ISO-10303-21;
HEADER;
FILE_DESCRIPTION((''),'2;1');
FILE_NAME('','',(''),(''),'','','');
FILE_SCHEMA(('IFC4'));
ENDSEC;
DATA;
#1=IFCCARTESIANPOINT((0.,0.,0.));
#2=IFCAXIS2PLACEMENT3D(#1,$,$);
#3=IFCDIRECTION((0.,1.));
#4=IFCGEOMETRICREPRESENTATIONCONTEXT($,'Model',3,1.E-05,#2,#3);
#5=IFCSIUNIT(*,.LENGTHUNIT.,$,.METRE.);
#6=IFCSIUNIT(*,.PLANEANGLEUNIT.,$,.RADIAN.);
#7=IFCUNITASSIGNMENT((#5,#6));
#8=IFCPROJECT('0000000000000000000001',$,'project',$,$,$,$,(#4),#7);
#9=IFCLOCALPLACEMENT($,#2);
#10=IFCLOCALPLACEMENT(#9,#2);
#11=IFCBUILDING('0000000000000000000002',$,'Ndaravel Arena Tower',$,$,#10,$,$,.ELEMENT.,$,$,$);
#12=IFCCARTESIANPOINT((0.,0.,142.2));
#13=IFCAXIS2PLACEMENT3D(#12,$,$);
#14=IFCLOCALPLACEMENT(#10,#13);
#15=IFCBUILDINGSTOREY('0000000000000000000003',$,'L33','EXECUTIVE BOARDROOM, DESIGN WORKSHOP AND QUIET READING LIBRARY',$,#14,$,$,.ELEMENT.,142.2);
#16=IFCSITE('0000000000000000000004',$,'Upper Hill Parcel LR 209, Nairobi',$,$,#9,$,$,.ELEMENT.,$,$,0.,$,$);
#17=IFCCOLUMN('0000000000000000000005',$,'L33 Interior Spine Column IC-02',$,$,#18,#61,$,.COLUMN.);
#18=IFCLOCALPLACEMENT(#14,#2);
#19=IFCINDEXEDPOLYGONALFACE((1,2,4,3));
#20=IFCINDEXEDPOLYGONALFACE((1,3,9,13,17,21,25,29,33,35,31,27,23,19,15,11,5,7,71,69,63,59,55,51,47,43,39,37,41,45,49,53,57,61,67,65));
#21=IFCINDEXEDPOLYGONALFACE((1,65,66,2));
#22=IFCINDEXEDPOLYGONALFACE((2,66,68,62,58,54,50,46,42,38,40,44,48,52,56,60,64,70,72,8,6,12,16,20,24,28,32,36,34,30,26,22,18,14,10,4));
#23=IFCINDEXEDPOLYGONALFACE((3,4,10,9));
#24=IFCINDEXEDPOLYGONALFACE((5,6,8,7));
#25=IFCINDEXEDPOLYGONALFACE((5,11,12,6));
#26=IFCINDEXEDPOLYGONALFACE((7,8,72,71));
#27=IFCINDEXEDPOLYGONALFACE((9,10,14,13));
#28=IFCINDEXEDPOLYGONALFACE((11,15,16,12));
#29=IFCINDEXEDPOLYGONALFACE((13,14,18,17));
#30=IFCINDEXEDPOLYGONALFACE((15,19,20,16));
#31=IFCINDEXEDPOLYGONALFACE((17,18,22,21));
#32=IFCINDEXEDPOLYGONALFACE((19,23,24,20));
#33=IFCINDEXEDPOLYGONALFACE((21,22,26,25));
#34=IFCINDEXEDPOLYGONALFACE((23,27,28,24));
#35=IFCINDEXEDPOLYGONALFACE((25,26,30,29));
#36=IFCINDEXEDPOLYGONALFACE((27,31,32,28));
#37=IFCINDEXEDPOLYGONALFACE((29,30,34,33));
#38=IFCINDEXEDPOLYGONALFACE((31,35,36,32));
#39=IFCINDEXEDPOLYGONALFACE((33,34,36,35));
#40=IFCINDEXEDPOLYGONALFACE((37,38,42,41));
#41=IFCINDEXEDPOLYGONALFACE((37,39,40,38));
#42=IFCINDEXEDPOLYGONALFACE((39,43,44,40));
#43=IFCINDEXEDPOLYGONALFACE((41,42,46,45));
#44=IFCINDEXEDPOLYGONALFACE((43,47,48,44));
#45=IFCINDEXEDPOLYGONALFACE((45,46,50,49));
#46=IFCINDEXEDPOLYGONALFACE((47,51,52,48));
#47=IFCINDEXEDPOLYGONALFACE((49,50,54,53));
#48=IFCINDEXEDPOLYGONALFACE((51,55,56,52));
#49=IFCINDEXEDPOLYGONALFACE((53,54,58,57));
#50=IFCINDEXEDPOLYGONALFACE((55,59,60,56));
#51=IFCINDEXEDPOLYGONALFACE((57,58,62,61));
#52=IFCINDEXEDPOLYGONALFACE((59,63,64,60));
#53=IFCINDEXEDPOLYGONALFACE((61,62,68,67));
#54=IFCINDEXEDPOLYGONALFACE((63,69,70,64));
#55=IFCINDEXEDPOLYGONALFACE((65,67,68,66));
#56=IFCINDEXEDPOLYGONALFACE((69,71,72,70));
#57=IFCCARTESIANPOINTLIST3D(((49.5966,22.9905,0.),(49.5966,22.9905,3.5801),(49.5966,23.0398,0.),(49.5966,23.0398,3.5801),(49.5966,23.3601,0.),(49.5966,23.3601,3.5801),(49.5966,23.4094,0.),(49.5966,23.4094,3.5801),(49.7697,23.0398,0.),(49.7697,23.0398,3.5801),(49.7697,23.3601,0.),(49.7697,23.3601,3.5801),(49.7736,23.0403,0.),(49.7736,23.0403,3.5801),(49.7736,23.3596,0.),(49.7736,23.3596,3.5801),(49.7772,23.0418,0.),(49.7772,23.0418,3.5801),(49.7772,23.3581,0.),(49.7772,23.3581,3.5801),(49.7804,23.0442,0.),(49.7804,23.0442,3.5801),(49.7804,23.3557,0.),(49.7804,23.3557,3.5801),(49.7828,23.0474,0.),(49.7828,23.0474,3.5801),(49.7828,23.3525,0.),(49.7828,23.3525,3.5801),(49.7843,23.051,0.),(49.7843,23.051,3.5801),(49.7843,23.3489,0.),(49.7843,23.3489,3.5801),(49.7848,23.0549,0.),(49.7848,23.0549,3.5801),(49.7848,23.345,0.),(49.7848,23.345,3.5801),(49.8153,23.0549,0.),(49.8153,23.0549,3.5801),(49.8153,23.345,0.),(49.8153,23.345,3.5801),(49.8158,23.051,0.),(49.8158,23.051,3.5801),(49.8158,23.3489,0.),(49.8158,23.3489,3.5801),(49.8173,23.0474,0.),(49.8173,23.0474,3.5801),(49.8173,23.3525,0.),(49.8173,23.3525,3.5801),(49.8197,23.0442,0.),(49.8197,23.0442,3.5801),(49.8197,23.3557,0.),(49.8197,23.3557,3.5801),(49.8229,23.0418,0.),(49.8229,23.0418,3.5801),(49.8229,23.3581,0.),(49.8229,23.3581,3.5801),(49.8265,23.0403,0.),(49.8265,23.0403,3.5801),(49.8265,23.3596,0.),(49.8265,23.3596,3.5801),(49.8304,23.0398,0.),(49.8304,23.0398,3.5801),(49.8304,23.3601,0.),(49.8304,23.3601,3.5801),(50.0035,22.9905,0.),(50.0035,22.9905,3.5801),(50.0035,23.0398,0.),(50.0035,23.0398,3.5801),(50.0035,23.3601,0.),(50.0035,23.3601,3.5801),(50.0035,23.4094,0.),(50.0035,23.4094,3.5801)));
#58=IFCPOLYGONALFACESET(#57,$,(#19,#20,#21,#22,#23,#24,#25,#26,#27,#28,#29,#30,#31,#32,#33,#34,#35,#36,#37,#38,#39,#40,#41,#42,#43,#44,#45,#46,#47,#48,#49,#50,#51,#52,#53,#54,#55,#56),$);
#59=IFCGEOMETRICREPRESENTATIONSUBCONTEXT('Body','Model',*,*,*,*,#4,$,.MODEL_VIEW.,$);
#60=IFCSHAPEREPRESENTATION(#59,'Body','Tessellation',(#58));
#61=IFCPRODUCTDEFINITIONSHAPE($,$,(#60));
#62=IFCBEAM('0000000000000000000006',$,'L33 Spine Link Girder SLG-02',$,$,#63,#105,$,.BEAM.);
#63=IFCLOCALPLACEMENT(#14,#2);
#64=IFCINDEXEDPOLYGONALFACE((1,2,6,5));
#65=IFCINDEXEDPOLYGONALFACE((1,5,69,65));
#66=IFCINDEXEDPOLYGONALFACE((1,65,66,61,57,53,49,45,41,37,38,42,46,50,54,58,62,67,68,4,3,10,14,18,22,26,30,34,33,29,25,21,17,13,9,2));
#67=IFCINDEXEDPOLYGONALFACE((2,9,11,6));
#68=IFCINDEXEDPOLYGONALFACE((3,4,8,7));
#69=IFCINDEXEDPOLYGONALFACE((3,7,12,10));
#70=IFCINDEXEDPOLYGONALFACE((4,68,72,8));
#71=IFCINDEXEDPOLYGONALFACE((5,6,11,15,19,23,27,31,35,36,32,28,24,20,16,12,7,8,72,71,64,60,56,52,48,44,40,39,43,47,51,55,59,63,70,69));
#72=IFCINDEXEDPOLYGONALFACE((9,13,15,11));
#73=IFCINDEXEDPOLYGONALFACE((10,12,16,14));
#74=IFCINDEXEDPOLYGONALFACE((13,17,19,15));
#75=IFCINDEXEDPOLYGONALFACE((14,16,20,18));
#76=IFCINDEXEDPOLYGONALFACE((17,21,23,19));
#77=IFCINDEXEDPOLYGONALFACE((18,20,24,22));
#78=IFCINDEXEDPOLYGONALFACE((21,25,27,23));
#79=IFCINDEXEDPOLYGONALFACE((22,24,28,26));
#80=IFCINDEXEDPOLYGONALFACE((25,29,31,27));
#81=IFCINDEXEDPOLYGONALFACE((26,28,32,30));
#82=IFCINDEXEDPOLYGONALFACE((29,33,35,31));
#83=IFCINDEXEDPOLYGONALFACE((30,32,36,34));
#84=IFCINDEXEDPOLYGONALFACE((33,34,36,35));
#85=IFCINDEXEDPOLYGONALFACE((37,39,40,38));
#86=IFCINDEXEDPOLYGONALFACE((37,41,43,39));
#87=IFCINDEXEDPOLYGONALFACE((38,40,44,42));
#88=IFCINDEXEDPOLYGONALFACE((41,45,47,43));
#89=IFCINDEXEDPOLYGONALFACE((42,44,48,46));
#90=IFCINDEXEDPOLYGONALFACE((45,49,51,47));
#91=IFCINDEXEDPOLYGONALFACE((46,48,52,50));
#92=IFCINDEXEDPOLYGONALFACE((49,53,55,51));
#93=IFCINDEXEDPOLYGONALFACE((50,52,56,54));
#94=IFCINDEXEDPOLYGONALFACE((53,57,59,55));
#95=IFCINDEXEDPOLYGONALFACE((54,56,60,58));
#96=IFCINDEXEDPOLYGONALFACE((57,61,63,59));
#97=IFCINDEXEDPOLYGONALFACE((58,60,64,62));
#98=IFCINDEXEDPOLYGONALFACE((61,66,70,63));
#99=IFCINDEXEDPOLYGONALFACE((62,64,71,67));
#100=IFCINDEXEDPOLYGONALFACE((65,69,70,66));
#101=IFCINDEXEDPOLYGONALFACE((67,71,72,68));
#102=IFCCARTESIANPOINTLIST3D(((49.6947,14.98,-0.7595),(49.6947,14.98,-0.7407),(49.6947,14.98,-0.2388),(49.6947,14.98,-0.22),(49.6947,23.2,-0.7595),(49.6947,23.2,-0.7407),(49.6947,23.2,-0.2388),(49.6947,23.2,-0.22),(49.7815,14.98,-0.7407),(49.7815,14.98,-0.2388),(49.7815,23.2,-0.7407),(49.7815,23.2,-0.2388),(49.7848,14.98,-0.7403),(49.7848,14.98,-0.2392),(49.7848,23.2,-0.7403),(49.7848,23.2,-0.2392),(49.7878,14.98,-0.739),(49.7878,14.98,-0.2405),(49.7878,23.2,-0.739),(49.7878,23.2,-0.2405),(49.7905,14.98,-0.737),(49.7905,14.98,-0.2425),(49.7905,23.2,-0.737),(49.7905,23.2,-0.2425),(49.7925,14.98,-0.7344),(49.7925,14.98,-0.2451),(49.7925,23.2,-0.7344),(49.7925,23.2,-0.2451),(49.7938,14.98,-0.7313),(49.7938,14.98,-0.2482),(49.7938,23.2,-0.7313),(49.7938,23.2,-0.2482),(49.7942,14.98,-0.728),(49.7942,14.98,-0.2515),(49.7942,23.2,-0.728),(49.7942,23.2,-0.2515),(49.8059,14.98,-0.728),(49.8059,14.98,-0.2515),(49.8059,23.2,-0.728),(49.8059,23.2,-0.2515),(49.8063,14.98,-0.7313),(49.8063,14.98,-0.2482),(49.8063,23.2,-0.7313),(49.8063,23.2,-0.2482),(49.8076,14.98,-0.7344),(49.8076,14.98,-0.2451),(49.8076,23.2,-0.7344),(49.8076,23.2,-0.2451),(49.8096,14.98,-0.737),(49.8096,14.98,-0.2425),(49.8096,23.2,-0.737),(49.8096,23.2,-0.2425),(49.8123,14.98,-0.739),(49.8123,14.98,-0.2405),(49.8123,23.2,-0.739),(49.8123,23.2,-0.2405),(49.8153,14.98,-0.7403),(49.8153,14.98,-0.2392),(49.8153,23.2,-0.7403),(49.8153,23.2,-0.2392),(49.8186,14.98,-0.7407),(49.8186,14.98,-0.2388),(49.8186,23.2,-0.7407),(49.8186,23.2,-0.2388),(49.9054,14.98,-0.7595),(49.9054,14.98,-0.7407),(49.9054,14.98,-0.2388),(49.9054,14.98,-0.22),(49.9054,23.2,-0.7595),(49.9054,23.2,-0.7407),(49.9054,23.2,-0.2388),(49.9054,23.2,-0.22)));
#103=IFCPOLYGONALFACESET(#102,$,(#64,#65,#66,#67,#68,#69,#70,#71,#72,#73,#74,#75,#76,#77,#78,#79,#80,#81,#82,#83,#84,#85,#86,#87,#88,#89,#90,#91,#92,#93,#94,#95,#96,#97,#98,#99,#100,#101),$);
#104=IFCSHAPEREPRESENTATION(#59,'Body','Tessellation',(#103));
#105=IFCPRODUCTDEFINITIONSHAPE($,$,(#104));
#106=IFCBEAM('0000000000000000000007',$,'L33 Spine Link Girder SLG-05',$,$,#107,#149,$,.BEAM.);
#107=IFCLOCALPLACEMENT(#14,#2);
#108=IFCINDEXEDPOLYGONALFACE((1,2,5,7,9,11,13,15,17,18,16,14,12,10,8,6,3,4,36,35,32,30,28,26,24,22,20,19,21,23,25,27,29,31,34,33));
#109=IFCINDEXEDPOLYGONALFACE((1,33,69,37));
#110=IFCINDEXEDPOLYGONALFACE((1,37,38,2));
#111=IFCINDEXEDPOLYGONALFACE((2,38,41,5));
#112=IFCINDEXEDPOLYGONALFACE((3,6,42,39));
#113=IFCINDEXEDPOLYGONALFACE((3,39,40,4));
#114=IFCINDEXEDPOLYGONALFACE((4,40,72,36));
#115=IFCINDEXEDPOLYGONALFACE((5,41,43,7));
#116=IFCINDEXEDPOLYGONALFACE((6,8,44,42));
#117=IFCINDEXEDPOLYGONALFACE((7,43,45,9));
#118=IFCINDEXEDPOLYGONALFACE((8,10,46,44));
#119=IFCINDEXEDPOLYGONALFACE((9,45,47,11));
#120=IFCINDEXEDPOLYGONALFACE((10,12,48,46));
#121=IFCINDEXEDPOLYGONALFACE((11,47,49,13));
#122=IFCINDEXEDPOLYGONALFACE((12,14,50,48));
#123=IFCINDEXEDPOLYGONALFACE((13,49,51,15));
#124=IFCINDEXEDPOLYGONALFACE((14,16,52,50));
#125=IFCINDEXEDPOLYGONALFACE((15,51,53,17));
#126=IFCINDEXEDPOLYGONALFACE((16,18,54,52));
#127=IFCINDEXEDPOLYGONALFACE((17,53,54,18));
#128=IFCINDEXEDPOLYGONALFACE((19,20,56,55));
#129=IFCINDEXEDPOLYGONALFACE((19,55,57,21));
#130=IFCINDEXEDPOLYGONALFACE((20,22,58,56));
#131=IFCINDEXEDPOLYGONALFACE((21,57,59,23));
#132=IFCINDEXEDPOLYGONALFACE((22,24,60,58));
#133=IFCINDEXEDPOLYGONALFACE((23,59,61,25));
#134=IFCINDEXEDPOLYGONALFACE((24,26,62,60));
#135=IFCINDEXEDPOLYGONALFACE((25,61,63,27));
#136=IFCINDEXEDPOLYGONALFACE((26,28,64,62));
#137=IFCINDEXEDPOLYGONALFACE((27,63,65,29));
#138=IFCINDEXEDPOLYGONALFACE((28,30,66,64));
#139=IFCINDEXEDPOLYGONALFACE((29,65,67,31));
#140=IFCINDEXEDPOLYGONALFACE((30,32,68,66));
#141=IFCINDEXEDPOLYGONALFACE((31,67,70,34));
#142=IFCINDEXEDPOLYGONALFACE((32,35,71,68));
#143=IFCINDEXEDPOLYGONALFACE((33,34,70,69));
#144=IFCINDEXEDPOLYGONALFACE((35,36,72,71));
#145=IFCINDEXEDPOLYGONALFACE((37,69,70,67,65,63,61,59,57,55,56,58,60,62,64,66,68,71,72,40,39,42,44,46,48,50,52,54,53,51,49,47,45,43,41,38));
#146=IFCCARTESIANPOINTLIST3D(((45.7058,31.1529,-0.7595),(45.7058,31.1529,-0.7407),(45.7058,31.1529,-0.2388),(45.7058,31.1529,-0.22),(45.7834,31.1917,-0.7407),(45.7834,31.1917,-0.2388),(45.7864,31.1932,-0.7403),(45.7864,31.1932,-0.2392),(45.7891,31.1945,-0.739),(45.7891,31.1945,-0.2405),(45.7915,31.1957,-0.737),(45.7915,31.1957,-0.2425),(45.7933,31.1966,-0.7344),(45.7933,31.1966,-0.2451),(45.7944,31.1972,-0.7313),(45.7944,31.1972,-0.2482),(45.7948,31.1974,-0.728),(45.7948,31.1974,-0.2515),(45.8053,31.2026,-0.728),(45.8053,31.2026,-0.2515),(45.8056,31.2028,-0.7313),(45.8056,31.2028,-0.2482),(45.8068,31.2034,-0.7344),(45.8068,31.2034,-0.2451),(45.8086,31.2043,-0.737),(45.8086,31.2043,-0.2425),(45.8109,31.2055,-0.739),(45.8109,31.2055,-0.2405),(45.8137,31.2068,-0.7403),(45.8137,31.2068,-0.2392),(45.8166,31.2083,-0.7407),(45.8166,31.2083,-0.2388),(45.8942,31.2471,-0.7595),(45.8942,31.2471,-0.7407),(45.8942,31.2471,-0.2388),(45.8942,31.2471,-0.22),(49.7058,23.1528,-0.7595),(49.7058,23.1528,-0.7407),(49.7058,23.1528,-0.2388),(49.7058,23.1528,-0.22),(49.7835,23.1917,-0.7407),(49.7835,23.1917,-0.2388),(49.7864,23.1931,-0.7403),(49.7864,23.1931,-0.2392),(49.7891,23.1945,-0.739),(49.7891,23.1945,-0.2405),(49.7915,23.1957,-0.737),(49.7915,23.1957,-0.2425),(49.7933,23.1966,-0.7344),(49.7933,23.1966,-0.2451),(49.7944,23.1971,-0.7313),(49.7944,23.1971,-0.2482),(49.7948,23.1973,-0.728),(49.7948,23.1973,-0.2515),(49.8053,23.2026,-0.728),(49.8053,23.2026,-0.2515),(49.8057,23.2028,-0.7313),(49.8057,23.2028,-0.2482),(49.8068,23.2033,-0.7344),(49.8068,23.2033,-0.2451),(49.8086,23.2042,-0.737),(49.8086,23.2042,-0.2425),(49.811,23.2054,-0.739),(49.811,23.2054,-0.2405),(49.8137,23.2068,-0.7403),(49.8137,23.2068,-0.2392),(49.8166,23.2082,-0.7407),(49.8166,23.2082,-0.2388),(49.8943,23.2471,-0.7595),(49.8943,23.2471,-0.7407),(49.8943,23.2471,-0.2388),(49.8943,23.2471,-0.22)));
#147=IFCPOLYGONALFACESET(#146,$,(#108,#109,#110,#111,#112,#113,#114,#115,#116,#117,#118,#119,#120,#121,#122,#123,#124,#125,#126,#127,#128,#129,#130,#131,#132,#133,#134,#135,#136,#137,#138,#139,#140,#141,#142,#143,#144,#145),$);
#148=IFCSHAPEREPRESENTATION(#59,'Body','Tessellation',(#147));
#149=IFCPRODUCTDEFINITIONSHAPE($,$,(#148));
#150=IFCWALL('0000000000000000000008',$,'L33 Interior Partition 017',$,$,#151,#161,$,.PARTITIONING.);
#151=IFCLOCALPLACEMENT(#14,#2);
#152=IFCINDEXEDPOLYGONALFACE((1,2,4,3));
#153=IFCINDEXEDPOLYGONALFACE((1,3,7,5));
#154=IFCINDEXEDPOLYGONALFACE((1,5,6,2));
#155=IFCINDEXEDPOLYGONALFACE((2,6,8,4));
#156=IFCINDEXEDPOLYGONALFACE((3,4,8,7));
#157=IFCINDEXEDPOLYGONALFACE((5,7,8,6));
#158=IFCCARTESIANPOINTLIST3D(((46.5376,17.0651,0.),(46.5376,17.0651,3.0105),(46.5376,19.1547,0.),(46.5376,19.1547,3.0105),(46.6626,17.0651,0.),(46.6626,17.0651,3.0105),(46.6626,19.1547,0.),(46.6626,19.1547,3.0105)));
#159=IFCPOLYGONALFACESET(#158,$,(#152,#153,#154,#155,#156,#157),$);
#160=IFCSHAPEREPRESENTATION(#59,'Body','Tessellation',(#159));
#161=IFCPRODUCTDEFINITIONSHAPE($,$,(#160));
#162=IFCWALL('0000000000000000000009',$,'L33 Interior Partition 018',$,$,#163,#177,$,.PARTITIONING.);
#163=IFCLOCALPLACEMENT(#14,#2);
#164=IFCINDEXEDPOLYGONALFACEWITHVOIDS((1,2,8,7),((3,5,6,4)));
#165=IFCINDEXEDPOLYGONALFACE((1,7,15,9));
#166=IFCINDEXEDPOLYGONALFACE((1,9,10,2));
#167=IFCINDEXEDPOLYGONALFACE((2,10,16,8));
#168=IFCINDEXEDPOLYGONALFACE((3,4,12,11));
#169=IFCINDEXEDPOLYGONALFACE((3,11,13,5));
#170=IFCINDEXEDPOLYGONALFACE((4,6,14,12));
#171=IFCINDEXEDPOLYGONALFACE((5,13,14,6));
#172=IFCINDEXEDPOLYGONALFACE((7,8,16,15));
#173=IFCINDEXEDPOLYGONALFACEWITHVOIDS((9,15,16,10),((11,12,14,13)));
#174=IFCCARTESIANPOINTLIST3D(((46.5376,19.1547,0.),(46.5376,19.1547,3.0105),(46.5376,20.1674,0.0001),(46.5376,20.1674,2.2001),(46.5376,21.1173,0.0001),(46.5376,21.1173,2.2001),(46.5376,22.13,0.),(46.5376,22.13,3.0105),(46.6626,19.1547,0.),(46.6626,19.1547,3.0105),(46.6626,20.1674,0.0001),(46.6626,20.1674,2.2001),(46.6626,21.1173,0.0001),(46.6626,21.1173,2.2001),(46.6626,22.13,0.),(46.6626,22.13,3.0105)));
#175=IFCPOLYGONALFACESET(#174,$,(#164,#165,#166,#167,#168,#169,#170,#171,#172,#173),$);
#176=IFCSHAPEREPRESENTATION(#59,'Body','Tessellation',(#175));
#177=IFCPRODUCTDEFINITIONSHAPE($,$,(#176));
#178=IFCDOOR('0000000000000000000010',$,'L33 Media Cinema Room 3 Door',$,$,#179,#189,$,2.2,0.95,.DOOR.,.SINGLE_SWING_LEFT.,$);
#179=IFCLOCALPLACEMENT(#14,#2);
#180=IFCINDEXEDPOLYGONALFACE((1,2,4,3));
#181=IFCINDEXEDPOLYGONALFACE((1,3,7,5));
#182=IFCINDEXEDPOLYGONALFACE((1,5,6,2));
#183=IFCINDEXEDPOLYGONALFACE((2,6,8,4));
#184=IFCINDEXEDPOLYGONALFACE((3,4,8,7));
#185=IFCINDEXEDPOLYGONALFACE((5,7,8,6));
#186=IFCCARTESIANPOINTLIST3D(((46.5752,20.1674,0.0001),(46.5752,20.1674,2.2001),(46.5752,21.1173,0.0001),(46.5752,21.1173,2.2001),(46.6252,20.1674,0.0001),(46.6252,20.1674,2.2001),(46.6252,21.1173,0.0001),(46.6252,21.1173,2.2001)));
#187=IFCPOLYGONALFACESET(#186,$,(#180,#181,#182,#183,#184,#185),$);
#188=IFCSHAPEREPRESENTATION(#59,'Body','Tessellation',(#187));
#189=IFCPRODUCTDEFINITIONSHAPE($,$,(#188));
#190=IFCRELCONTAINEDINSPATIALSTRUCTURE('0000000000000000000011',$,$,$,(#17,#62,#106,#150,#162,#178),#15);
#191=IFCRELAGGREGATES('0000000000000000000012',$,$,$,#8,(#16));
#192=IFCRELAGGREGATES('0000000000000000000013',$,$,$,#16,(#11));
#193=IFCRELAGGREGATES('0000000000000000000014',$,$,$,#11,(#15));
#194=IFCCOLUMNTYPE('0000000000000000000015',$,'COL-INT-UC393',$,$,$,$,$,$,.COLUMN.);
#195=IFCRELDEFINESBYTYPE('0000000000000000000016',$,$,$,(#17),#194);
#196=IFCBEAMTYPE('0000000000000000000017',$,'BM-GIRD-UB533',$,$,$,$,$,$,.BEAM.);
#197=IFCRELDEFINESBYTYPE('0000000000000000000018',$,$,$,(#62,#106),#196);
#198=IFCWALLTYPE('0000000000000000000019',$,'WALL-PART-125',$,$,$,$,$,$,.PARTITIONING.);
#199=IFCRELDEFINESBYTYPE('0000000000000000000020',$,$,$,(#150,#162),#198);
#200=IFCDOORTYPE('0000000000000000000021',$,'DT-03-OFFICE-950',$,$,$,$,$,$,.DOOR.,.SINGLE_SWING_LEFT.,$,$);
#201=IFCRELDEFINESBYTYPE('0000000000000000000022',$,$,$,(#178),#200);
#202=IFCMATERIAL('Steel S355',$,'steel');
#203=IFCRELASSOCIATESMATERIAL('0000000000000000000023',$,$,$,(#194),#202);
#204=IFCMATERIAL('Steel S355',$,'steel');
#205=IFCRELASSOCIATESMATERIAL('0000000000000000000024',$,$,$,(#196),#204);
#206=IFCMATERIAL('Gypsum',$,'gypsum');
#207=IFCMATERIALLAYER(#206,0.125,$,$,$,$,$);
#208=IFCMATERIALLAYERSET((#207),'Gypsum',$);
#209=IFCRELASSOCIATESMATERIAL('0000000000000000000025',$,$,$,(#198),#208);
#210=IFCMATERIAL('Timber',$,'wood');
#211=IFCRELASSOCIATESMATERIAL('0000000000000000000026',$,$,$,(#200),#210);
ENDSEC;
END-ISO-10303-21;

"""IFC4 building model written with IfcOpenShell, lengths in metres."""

from ifc_helpers import new_model, si_unit, direction, frame, frame_2d, origin, origin_2d, place, context, subcontext, project, spatial, rectangle, i_section, extrude, material, layer, layer_set, material_profile, profile_set, type_object, element, fill, save


model = new_model("IFC4")

# Units and contexts
model_context = context("Model", 3, precision=1e-05, world=origin(), true_north=direction((0.0, 1.0)))
body_context = subcontext(model_context, "Body", "Model", "MODEL_VIEW")
ifc_project = project(units=[si_unit("LENGTHUNIT", "METRE"), si_unit("PLANEANGLEUNIT", "RADIAN")], contexts=[model_context])

# Site, building, storey
site_placement = place(None, origin())
site = spatial("IfcSite", under=ifc_project, at=site_placement, Name="Upper Hill Parcel LR 209, Nairobi", CompositionType="ELEMENT", RefElevation=0.0)
building_placement = place(site_placement, origin())
building = spatial("IfcBuilding", under=site, at=building_placement, Name="Ndaravel Arena Tower", CompositionType="ELEMENT")
storey_placement = place(building_placement, frame((0.0, 0.0, 142.2)))
storey = spatial("IfcBuildingStorey", under=building, at=storey_placement, Name="L33", Description="EXECUTIVE BOARDROOM, DESIGN WORKSHOP AND QUIET READING LIBRARY", CompositionType="ELEMENT", Elevation=142.2)

# Column
ifc_material_1 = material(Name="Steel S355", Category="steel")
ifc_material_profile_1 = material_profile(ifc_material_1, i_section(OverallWidth=0.407, OverallDepth=0.4189, WebThickness=0.0305, FlangeThickness=0.0493, FilletRadius=0.0151, at=origin_2d()), Name="UC 356x406x393")
ifc_profile_set_1 = profile_set([ifc_material_profile_1], Name="Steel S355")
column_type = type_object("IfcColumnType", Name="COL-INT-UC393", PredefinedType="COLUMN", material=ifc_profile_set_1)
column_placement = place(storey_placement, frame((49.8, 23.2, 0.0), z_axis=(0.0, 0.0, 1.0), x_axis=(1.0, 0.0, 0.0)))
element("IfcColumn", 1, at=column_placement, inside=storey, type_object=column_type, Name="L33 Interior Spine Column IC-02", PredefinedType="COLUMN", context=body_context, shape_type="SweptSolid", body=[
    extrude(i_section(OverallWidth=0.407, OverallDepth=0.4189, WebThickness=0.0305, FlangeThickness=0.0493, FilletRadius=0.0151, at=origin_2d()), origin(), (0.0, 0.0, 1.0), 3.5801),
])

# Beams
ifc_material_2 = material(Name="Steel S355", Category="steel")
ifc_material_profile_2 = material_profile(ifc_material_2, i_section(OverallWidth=0.2107, OverallDepth=0.5396, WebThickness=0.0117, FlangeThickness=0.0188, FilletRadius=0.0127, at=origin_2d()), Name="UB 533x210x109")
ifc_profile_set_2 = profile_set([ifc_material_profile_2], Name="Steel S355")
beam_type = type_object("IfcBeamType", Name="BM-GIRD-UB533", PredefinedType="BEAM", material=ifc_profile_set_2)
beam_1_placement = place(storey_placement, frame((49.8, 14.98, -0.4897), z_axis=(0.0, 1.0, 0.0), x_axis=(-1.0, 0.0, 0.0)))
element("IfcBeam", 2, at=beam_1_placement, inside=storey, type_object=beam_type, Name="L33 Spine Link Girder SLG-02", PredefinedType="BEAM", context=body_context, shape_type="SweptSolid", body=[
    extrude(i_section(OverallWidth=0.2107, OverallDepth=0.5396, WebThickness=0.0117, FlangeThickness=0.0188, FilletRadius=0.0127, at=origin_2d()), origin(), (0.0, 0.0, 1.0), 8.22),
])
beam_2_placement = place(storey_placement, frame((49.8, 23.2, -0.4897), z_axis=(-0.447214, 0.894427, 0.0), x_axis=(-0.894427, -0.447214, 0.0)))
element("IfcBeam", 3, at=beam_2_placement, inside=storey, type_object=beam_type, Name="L33 Spine Link Girder SLG-05", PredefinedType="BEAM", context=body_context, shape_type="SweptSolid", body=[
    extrude(i_section(OverallWidth=0.2107, OverallDepth=0.5396, WebThickness=0.0117, FlangeThickness=0.0188, FilletRadius=0.0127, at=origin_2d()), origin(), (0.0, 0.0, 1.0), 8.9443),
])

# Wall
ifc_material_3 = material(Name="Gypsum", Category="gypsum")
ifc_layer_1 = layer(ifc_material_3, 0.125)
ifc_layer_set_1 = layer_set([ifc_layer_1], Name="Gypsum")
wall_type_1 = type_object("IfcWallType", Name="WALL-PART-125", PredefinedType="PARTITIONING", material=ifc_layer_set_1)
wall_1_placement = place(storey_placement, frame((46.6001, 17.0649, 0.0), z_axis=(0.0, 0.0, 1.0), x_axis=(0.0, 1.0, 0.0)))
element("IfcWall", 4, at=wall_1_placement, inside=storey, type_object=wall_type_1, Name="L33 Interior Partition 017", PredefinedType="PARTITIONING", context=body_context, shape_type="SweptSolid", body=[
    extrude(rectangle(XDim=2.0896, YDim=0.125, at=frame_2d((1.0449, 0.0))), origin(), (0.0, 0.0, 1.0), 3.0105),
])

# Wall, opening, door
wall_2_placement = place(storey_placement, frame((46.6001, 19.1545, 0.0), z_axis=(0.0, 0.0, 1.0), x_axis=(0.0, 1.0, 0.0)))
wall_2 = element("IfcWall", 5, at=wall_2_placement, inside=storey, type_object=wall_type_1, Name="L33 Interior Partition 018", PredefinedType="PARTITIONING", context=body_context, shape_type="SweptSolid", body=[
    extrude(rectangle(XDim=2.9753, YDim=0.125, at=frame_2d((1.4878, 0.0))), origin(), (0.0, 0.0, 1.0), 3.0105),
])
opening_1_placement = place(wall_2_placement, frame((1.0127, 0.0, 0.0)))
opening_1 = element("IfcOpeningElement", 6, at=opening_1_placement, cuts=wall_2, PredefinedType="OPENING", context=body_context, shape_type="SweptSolid", body=[
    extrude(rectangle(XDim=0.95, YDim=2.2, at=frame_2d((0.4751, 1.1001))), frame((0.0, 0.0625, 0.0), z_axis=(0.0, -1.0, 0.0), x_axis=(1.0, 0.0, 0.0)), (0.0, 0.0, 1.0), 0.125),
])
ifc_material_4 = material(Name="Timber", Category="wood")
door_type_1 = type_object("IfcDoorType", Name="DT-03-OFFICE-950", OperationType="SINGLE_SWING_LEFT", PredefinedType="DOOR", material=ifc_material_4)
door_1_placement = place(opening_1_placement, origin())
door_1 = element("IfcDoor", 7, at=door_1_placement, inside=storey, type_object=door_type_1, Name="L33 Media Cinema Room 3 Door", OperationType="SINGLE_SWING_LEFT", OverallHeight=2.2, OverallWidth=0.95, PredefinedType="DOOR", context=body_context, shape_type="SweptSolid", body=[
    extrude(rectangle(XDim=0.95, YDim=2.2, at=frame_2d((0.4751, 1.1001))), frame((0.0, 0.0249, 0.0), z_axis=(0.0, -1.0, 0.0), x_axis=(1.0, 0.0, 0.0)), (0.0, 0.0, 1.0), 0.05),
])
fill(opening_1, door_1)

save(model, "model.ifc")
